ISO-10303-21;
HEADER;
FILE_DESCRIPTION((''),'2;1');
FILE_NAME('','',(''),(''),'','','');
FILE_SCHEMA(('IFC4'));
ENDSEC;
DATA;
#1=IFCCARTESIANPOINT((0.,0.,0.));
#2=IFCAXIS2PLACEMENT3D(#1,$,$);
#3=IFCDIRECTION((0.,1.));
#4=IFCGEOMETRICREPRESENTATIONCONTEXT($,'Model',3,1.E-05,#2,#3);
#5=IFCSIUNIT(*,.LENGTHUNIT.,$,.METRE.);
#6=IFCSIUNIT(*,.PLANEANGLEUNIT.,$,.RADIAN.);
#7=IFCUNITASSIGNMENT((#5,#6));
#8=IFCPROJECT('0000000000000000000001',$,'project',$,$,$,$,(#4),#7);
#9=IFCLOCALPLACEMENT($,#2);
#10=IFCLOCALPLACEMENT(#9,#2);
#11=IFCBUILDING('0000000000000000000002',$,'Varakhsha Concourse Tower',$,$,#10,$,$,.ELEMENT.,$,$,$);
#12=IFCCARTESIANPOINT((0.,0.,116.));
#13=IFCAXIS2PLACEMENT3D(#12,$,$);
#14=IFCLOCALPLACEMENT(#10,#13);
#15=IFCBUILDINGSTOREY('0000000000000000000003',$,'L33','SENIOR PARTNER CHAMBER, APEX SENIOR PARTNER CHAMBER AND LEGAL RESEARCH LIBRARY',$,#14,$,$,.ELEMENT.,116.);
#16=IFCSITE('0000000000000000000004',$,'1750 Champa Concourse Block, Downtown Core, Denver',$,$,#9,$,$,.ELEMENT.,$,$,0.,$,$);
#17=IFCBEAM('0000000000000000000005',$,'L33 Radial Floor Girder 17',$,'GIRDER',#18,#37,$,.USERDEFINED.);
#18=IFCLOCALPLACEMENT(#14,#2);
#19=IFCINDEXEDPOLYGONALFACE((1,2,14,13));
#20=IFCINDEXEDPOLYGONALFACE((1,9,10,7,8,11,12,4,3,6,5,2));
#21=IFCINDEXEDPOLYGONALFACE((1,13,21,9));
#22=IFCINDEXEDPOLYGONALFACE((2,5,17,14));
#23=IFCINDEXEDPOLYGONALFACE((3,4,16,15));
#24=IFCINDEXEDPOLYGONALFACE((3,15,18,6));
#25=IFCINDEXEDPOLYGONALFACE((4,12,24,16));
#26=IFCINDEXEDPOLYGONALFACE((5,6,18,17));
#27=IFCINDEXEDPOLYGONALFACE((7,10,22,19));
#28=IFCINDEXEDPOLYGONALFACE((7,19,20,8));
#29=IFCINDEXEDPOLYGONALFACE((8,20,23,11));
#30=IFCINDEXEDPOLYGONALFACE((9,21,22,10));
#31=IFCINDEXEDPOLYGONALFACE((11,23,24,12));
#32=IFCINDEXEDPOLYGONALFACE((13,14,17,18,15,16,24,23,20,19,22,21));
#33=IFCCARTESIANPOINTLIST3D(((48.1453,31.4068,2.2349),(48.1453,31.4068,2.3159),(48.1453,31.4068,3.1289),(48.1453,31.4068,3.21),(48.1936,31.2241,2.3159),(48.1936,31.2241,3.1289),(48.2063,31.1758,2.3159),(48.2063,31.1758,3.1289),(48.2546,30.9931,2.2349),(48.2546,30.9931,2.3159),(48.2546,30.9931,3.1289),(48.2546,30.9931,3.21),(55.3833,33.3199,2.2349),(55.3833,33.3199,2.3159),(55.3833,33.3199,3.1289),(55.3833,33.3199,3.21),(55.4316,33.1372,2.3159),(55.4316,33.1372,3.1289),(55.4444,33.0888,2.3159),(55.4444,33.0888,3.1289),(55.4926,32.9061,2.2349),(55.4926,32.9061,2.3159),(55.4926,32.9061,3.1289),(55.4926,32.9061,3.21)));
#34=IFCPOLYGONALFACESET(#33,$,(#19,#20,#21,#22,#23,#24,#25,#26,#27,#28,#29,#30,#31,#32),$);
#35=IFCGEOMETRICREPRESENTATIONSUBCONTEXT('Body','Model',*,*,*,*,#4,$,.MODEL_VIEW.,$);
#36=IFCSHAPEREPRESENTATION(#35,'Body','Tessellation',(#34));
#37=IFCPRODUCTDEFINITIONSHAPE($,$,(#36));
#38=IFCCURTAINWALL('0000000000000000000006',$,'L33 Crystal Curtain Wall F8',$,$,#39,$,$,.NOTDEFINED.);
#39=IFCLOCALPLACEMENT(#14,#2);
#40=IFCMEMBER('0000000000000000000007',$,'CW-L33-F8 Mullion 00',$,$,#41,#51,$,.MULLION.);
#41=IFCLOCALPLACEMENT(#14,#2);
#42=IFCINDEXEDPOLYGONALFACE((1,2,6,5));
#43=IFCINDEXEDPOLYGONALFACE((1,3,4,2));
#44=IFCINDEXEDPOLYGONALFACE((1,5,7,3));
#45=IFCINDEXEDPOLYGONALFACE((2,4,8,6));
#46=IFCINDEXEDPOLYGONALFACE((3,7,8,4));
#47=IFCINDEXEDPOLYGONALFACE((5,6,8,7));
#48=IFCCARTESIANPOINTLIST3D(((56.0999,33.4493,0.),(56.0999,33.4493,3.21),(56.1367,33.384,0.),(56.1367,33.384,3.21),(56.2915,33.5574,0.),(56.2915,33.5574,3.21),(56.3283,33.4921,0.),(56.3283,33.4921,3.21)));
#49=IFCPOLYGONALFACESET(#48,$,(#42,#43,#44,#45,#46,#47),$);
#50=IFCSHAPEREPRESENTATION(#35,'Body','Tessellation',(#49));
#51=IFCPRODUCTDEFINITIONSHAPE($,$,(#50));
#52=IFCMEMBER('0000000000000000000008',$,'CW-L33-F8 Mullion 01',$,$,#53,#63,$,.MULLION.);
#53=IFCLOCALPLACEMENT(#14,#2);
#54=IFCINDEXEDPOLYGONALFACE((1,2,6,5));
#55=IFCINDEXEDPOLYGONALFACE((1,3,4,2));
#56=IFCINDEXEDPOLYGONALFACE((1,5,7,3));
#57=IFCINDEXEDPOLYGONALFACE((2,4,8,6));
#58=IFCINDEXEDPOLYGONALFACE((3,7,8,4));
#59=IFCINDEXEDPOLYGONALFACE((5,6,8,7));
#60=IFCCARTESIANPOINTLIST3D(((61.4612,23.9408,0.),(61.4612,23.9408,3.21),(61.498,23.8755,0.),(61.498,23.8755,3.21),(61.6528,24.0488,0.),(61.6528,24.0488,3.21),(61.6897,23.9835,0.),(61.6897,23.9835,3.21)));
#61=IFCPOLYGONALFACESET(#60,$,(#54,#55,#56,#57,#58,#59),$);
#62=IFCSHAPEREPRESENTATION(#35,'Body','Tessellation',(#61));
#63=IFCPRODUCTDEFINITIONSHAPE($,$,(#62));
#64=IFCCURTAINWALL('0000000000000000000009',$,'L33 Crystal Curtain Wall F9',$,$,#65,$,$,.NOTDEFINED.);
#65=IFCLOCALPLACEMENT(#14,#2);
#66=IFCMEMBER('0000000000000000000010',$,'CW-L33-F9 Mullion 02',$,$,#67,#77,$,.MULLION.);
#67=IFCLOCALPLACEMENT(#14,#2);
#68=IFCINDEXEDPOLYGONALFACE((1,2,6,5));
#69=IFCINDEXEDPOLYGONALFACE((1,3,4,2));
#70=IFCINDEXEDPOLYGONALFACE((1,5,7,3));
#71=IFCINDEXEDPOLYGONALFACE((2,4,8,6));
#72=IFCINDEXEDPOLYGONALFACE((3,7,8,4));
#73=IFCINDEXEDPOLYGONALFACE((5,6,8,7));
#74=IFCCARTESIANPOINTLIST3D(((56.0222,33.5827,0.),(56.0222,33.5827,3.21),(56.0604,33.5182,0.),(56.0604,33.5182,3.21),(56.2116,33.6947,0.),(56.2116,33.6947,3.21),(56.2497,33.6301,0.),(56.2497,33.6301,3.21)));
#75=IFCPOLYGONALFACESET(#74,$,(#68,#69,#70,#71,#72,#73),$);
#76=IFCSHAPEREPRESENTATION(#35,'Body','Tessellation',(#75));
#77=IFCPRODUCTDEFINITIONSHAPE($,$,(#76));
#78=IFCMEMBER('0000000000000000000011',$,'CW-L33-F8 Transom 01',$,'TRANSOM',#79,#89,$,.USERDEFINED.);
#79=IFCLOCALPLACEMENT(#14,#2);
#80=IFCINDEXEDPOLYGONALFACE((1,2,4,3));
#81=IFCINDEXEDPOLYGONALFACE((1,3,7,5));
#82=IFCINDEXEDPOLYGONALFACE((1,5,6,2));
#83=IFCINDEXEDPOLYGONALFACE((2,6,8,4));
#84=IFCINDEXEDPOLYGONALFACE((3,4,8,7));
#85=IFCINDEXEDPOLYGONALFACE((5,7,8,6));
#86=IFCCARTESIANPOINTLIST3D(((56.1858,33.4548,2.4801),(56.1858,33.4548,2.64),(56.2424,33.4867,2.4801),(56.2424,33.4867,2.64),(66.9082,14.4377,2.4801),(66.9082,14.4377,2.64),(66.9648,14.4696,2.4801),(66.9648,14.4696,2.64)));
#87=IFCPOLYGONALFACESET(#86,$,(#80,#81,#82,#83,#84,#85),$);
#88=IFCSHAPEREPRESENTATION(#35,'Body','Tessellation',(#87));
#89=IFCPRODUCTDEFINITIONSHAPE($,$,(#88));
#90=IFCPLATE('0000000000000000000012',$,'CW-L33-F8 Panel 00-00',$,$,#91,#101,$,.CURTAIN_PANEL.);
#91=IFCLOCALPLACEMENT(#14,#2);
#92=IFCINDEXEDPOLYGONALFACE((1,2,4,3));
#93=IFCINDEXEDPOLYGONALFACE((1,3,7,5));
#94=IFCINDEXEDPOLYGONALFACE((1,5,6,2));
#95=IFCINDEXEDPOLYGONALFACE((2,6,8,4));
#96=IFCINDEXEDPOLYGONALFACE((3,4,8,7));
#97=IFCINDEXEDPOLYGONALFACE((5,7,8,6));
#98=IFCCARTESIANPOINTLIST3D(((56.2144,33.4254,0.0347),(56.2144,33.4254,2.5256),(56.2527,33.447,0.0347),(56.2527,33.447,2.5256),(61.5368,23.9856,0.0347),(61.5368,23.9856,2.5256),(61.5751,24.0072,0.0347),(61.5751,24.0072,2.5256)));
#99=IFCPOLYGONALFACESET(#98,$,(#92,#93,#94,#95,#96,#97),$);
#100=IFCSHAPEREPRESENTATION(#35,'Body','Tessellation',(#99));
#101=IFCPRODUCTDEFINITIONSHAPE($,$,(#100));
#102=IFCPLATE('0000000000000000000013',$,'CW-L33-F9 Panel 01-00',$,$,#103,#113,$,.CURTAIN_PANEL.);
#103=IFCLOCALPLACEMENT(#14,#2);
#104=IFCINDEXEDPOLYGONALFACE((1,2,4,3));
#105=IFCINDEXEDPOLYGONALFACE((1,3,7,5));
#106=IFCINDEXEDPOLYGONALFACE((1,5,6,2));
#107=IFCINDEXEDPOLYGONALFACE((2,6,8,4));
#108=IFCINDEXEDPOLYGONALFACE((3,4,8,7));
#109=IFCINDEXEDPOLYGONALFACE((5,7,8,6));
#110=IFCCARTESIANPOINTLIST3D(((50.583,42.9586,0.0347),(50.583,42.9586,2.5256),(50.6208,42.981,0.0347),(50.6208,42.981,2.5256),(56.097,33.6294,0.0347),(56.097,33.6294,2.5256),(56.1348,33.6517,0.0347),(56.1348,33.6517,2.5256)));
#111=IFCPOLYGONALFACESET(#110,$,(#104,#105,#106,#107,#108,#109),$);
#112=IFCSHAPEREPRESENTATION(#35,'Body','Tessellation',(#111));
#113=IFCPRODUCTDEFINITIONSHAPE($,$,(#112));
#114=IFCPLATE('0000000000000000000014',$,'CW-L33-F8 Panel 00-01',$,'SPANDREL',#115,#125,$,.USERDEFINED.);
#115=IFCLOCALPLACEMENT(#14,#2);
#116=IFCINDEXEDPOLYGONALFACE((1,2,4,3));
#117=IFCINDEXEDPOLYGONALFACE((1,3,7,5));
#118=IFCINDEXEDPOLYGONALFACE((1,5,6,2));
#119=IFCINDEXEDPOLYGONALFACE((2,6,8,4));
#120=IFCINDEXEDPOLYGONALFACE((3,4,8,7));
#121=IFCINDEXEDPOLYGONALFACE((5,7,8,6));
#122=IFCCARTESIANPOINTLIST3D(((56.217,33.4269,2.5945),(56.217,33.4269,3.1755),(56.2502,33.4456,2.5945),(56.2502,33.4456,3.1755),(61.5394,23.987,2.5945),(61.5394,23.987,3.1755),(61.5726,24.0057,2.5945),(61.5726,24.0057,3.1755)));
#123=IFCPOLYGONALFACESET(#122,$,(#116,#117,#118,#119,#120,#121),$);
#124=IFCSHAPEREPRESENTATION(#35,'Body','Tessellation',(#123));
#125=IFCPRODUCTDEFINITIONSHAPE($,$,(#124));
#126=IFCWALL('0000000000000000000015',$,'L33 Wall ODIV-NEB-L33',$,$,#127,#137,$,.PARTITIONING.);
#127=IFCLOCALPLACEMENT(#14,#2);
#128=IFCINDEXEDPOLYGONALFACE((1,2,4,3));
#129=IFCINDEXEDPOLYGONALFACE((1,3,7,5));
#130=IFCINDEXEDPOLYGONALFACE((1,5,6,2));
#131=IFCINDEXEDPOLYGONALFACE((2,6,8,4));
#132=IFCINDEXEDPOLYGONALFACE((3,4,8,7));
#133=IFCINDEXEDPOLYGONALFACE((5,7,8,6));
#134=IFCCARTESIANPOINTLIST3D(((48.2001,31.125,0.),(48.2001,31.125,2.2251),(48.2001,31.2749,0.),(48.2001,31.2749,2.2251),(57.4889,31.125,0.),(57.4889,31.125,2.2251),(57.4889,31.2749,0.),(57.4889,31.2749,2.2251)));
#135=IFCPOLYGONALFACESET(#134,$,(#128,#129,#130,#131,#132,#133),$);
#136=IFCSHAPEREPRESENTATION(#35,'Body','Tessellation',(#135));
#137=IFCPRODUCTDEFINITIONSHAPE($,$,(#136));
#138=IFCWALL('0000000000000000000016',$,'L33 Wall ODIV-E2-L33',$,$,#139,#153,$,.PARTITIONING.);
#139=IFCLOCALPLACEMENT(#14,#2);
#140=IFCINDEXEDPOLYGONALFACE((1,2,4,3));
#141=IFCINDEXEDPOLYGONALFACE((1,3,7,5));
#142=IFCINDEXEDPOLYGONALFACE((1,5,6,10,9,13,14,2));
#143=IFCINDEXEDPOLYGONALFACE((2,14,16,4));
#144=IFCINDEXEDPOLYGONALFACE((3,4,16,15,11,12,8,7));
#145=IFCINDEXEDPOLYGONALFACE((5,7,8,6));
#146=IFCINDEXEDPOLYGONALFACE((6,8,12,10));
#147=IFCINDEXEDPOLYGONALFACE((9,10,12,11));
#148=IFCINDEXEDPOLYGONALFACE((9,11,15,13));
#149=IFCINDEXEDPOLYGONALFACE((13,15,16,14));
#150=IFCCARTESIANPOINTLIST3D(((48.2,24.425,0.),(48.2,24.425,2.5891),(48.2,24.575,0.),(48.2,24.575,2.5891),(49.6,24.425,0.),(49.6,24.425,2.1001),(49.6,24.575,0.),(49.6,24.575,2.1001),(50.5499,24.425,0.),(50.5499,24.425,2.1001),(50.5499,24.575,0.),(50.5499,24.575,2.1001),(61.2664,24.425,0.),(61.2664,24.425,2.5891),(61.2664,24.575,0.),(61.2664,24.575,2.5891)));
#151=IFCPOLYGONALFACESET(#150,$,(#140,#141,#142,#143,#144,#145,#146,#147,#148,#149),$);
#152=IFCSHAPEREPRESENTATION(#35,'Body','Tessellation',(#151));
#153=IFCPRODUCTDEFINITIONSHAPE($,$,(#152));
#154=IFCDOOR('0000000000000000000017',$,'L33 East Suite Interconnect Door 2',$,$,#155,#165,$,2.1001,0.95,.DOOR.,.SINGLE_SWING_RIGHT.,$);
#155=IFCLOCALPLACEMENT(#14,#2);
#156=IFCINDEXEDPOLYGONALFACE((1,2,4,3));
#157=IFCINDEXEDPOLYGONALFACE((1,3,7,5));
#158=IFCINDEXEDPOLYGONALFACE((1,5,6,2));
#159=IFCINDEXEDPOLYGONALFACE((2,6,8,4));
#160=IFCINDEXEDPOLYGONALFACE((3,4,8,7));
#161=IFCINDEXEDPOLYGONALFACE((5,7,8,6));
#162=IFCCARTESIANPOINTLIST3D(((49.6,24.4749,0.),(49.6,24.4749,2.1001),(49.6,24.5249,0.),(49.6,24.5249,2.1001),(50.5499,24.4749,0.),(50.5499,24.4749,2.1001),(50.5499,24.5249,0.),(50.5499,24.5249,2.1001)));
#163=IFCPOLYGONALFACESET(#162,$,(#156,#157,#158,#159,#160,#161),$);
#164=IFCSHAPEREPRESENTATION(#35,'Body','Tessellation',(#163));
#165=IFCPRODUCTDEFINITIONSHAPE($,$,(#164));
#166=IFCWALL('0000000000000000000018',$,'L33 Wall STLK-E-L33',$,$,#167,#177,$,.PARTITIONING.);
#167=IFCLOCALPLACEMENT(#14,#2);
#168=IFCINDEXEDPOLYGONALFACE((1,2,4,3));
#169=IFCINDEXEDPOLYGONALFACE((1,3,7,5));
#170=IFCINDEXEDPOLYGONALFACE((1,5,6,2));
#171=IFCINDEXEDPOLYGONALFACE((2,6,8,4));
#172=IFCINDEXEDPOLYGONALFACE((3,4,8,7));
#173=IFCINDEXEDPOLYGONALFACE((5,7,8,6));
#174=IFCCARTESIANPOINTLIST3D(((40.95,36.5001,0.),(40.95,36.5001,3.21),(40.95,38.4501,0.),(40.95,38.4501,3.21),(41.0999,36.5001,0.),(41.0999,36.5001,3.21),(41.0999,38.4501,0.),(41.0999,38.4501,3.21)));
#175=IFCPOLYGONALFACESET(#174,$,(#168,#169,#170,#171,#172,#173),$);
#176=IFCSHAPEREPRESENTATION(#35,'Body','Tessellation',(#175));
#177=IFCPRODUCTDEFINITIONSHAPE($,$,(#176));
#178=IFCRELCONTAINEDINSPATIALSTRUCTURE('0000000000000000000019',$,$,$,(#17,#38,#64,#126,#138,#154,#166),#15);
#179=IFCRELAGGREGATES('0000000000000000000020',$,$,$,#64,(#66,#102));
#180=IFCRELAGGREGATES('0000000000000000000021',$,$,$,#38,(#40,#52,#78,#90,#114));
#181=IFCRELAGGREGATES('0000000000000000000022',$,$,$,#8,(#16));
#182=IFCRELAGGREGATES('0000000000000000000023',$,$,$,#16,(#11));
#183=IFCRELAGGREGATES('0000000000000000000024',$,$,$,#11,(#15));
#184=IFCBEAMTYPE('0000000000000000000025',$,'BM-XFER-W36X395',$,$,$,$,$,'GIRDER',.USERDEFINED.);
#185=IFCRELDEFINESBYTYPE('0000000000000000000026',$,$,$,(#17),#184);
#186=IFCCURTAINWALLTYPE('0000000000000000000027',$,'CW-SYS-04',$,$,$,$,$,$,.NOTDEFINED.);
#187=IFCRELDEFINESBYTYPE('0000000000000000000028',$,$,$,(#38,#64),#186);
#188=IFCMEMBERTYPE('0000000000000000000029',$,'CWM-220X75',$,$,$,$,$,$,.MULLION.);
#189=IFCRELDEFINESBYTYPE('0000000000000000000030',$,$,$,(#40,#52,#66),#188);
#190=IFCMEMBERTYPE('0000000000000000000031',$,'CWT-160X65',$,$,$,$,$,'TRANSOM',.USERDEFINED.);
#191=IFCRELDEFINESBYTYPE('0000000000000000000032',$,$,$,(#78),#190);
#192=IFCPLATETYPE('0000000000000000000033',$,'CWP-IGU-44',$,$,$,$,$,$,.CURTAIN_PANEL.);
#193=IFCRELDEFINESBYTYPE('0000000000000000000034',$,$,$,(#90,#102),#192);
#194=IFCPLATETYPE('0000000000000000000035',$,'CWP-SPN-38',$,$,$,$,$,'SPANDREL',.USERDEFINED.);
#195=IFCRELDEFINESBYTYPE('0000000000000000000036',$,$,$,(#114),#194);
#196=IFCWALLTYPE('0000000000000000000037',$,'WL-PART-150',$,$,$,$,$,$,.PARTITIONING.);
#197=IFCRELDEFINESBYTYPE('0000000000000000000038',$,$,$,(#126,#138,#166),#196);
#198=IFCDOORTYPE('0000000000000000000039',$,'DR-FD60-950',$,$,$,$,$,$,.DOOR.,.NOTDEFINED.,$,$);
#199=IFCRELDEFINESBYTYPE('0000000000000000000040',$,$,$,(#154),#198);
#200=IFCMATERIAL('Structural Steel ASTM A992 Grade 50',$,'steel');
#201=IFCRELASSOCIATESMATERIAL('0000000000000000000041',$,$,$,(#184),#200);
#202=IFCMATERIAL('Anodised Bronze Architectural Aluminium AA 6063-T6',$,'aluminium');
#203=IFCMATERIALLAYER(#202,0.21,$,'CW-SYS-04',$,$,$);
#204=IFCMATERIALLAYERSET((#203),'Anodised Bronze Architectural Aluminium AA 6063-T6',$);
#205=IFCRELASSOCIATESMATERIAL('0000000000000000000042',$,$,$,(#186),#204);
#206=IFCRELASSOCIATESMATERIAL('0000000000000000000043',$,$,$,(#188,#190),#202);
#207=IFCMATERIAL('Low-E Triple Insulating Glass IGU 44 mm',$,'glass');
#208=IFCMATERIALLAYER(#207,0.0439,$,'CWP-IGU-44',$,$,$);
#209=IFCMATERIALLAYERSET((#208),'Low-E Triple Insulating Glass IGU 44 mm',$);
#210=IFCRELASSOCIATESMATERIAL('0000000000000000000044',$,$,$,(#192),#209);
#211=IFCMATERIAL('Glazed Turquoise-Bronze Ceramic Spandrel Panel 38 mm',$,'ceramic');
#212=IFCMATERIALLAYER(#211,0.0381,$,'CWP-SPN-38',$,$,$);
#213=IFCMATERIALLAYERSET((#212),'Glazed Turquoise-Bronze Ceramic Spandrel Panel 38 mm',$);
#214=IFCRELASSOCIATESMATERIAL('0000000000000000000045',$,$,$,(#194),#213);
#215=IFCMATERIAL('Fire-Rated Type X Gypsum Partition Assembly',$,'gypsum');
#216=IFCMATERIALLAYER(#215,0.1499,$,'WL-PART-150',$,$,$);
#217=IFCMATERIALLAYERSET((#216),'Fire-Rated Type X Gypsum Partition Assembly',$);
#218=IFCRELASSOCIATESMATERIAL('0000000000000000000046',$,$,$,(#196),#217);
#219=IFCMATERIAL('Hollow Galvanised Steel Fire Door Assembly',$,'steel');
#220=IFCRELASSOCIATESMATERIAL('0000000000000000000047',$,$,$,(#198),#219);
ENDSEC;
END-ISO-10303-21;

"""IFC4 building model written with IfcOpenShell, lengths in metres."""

from ifc_helpers import new_model, si_unit, direction, frame, frame_2d, origin, origin_2d, place, context, subcontext, project, spatial, rectangle, i_section, extrude, source, transform, mapped, material, layer, layer_set, material_profile, profile_set, type_object, type_shapes, element, fill, aggregate, save


model = new_model("IFC4")

# Units and contexts
model_context = context("Model", 3, precision=1e-05, world=origin(), true_north=direction((0.0, 1.0)))
body_context = subcontext(model_context, "Body", "Model", "MODEL_VIEW")
ifc_project = project(units=[si_unit("LENGTHUNIT", "METRE"), si_unit("PLANEANGLEUNIT", "RADIAN")], contexts=[model_context])

# Site, building, storey
site_placement = place(None, origin())
site = spatial("IfcSite", under=ifc_project, at=site_placement, Name="1750 Champa Concourse Block, Downtown Core, Denver", CompositionType="ELEMENT", RefElevation=0.0)
building_placement = place(site_placement, origin())
building = spatial("IfcBuilding", under=site, at=building_placement, Name="Varakhsha Concourse Tower", CompositionType="ELEMENT")
storey_placement = place(building_placement, frame((0.0, 0.0, 116.0)))
storey = spatial("IfcBuildingStorey", under=building, at=storey_placement, Name="L33", Description="SENIOR PARTNER CHAMBER, APEX SENIOR PARTNER CHAMBER AND LEGAL RESEARCH LIBRARY", CompositionType="ELEMENT", Elevation=116.0)

# Shared definitions
ifc_material_1 = material(Name="Structural Steel ASTM A992 Grade 50", Category="steel")

# Beam
ifc_material_profile_1 = material_profile(ifc_material_1, i_section(OverallWidth=0.428, OverallDepth=0.9751, WebThickness=0.05, FlangeThickness=0.0811, at=origin_2d()), Name="W36X395")
ifc_profile_set_1 = profile_set([ifc_material_profile_1], Name="Structural Steel ASTM A992 Grade 50")
beam_type_1 = type_object("IfcBeamType", Name="BM-XFER-W36X395", ElementType="GIRDER", PredefinedType="USERDEFINED", material=ifc_profile_set_1)
beam_1_placement = place(storey_placement, frame((48.2, 31.2, 2.7224), z_axis=(0.9668, 0.255535, 0.0), x_axis=(-0.255535, 0.9668, 0.0)))
element("IfcBeam", 1, at=beam_1_placement, inside=storey, type_object=beam_type_1, Name="L33 Radial Floor Girder 17", ObjectType="GIRDER", PredefinedType="USERDEFINED", context=body_context, shape_type="SweptSolid", body=[
    extrude(i_section(OverallWidth=0.428, OverallDepth=0.9751, WebThickness=0.05, FlangeThickness=0.0811, at=origin_2d()), origin(), (0.0, 0.0, 1.0), 7.4866),
])

# Curtain wall, members
ifc_material_2 = material(Name="Anodised Bronze Architectural Aluminium AA 6063-T6", Category="aluminium")
ifc_layer_1 = layer(ifc_material_2, 0.21, Name="CW-SYS-04")
ifc_layer_set_1 = layer_set([ifc_layer_1], Name="Anodised Bronze Architectural Aluminium AA 6063-T6")
curtain_wall_type = type_object("IfcCurtainWallType", Name="CW-SYS-04", PredefinedType="NOTDEFINED", material=ifc_layer_set_1)
curtain_wall_1_placement = place(storey_placement, origin())
curtain_wall_1 = element("IfcCurtainWall", 2, at=curtain_wall_1_placement, inside=storey, type_object=curtain_wall_type, Name="L33 Crystal Curtain Wall F8", PredefinedType="NOTDEFINED")
ifc_material_profile_2 = material_profile(ifc_material_2, rectangle(XDim=0.075, YDim=0.22, at=origin_2d()), Name="CWM-220X75")
ifc_profile_set_2 = profile_set([ifc_material_profile_2], Name="Anodised Bronze Architectural Aluminium AA 6063-T6")
member_type_1 = type_object("IfcMemberType", Name="CWM-220X75", PredefinedType="MULLION", material=ifc_profile_set_2)
shared_shape_1 = source(origin(), body_context, "Body", "SweptSolid", [
    extrude(rectangle(XDim=0.075, YDim=0.22, at=origin_2d()), origin(), (0.0, 0.0, 1.0), 3.21),
])
type_shapes(member_type_1, [shared_shape_1])
member_1_placement = place(storey_placement, frame((56.2141, 33.4707, 0.0), z_axis=(0.0, 0.0, 1.0), x_axis=(0.491138, -0.871082, 0.0)))
member_1 = element("IfcMember", 3, at=member_1_placement, type_object=member_type_1, Name="CW-L33-F8 Mullion 00", PredefinedType="MULLION", context=body_context, shape_type="MappedRepresentation", body=[
    mapped(shared_shape_1, transform((0.0, 0.0, 0.0), scale=1.0)),
])
member_2_placement = place(storey_placement, frame((61.5754, 23.9622, 0.0), z_axis=(0.0, 0.0, 1.0), x_axis=(0.491138, -0.871082, 0.0)))
member_2 = element("IfcMember", 4, at=member_2_placement, type_object=member_type_1, Name="CW-L33-F8 Mullion 01", PredefinedType="MULLION", context=body_context, shape_type="MappedRepresentation", body=[
    mapped(shared_shape_1, transform((0.0, 0.0, 0.0), scale=1.0)),
])

# Curtain wall, member
curtain_wall_2_placement = place(storey_placement, origin())
curtain_wall_2 = element("IfcCurtainWall", 5, at=curtain_wall_2_placement, inside=storey, type_object=curtain_wall_type, Name="L33 Crystal Curtain Wall F9", PredefinedType="NOTDEFINED")
member_3_placement = place(storey_placement, frame((56.136, 33.6064, 0.0), z_axis=(0.0, 0.0, 1.0), x_axis=(0.508815, -0.860876, 0.0)))
member_3 = element("IfcMember", 6, at=member_3_placement, type_object=member_type_1, Name="CW-L33-F9 Mullion 02", PredefinedType="MULLION", context=body_context, shape_type="MappedRepresentation", body=[
    mapped(shared_shape_1, transform((0.0, 0.0, 0.0), scale=1.0)),
])

# Member
ifc_material_profile_3 = material_profile(ifc_material_2, rectangle(XDim=0.0649, YDim=0.1599, at=origin_2d()), Name="CWT-160X65")
ifc_profile_set_3 = profile_set([ifc_material_profile_3], Name="Anodised Bronze Architectural Aluminium AA 6063-T6")
member_type_2 = type_object("IfcMemberType", Name="CWT-160X65", ElementType="TRANSOM", PredefinedType="USERDEFINED", material=ifc_profile_set_3)
shared_shape_2 = source(origin(), body_context, "Body", "SweptSolid", [
    extrude(rectangle(XDim=0.0649, YDim=0.1599, at=origin_2d()), origin(), (0.0, 0.0, 1.0), 21.8315),
])
type_shapes(member_type_2, [shared_shape_2])
member_4_placement = place(storey_placement, frame((56.2141, 33.4707, 2.5601), z_axis=(0.491141, -0.87108, 0.0), x_axis=(0.87108, 0.491141, 0.0)))
member_4 = element("IfcMember", 7, at=member_4_placement, type_object=member_type_2, Name="CW-L33-F8 Transom 01", ObjectType="TRANSOM", PredefinedType="USERDEFINED", context=body_context, shape_type="MappedRepresentation", body=[
    mapped(shared_shape_2, transform((0.0, 0.0, 0.0), scale=1.0)),
])

# Plates
ifc_material_3 = material(Name="Low-E Triple Insulating Glass IGU 44 mm", Category="glass")
ifc_layer_2 = layer(ifc_material_3, 0.0439, Name="CWP-IGU-44")
ifc_layer_set_2 = layer_set([ifc_layer_2], Name="Low-E Triple Insulating Glass IGU 44 mm")
plate_type_1 = type_object("IfcPlateType", Name="CWP-IGU-44", PredefinedType="CURTAIN_PANEL", material=ifc_layer_set_2)
shared_shape_3 = source(origin(), body_context, "Body", "SweptSolid", [
    extrude(rectangle(XDim=10.8369, YDim=0.0439, at=origin_2d()), origin(), (0.0, 0.0, 1.0), 2.491),
])
type_shapes(plate_type_1, [shared_shape_3])
plate_1_placement = place(storey_placement, frame((58.8948, 28.7163, 0.0347), z_axis=(0.0, 0.0, 1.0), x_axis=(0.491138, -0.871082, 0.0)))
plate_1 = element("IfcPlate", 8, at=plate_1_placement, type_object=plate_type_1, Name="CW-L33-F8 Panel 00-00", PredefinedType="CURTAIN_PANEL", context=body_context, shape_type="MappedRepresentation", body=[
    mapped(shared_shape_3, transform((0.0, 0.0, 0.0), scale=1.0)),
])
plate_2_placement = place(storey_placement, frame((53.3589, 38.3052, 0.0347), z_axis=(0.0, 0.0, 1.0), x_axis=(0.508815, -0.860876, 0.0)))
plate_2 = element("IfcPlate", 9, at=plate_2_placement, type_object=plate_type_1, Name="CW-L33-F9 Panel 01-00", PredefinedType="CURTAIN_PANEL", context=body_context, shape_type="MappedRepresentation", body=[
    mapped(shared_shape_3, transform((0.0, 0.0, 0.0), scale=1.0)),
])
aggregate(curtain_wall_2, [member_3, plate_2])
ifc_material_4 = material(Name="Glazed Turquoise-Bronze Ceramic Spandrel Panel 38 mm", Category="ceramic")
ifc_layer_3 = layer(ifc_material_4, 0.0381, Name="CWP-SPN-38")
ifc_layer_set_3 = layer_set([ifc_layer_3], Name="Glazed Turquoise-Bronze Ceramic Spandrel Panel 38 mm")
plate_type_2 = type_object("IfcPlateType", Name="CWP-SPN-38", ElementType="SPANDREL", PredefinedType="USERDEFINED", material=ifc_layer_set_3)
shared_shape_4 = source(origin(), body_context, "Body", "SweptSolid", [
    extrude(rectangle(XDim=10.8369, YDim=0.0381, at=origin_2d()), origin(), (0.0, 0.0, 1.0), 0.5811),
])
type_shapes(plate_type_2, [shared_shape_4])
plate_3_placement = place(storey_placement, frame((58.8948, 28.7163, 2.5945), z_axis=(0.0, 0.0, 1.0), x_axis=(0.491138, -0.871082, 0.0)))
plate_3 = element("IfcPlate", 10, at=plate_3_placement, type_object=plate_type_2, Name="CW-L33-F8 Panel 00-01", ObjectType="SPANDREL", PredefinedType="USERDEFINED", context=body_context, shape_type="MappedRepresentation", body=[
    mapped(shared_shape_4, transform((0.0, 0.0, 0.0), scale=1.0)),
])
aggregate(curtain_wall_1, [member_1, member_2, member_4, plate_1, plate_3])

# Wall
ifc_material_5 = material(Name="Fire-Rated Type X Gypsum Partition Assembly", Category="gypsum")
ifc_layer_4 = layer(ifc_material_5, 0.1499, Name="WL-PART-150")
ifc_layer_set_4 = layer_set([ifc_layer_4], Name="Fire-Rated Type X Gypsum Partition Assembly")
wall_type_1 = type_object("IfcWallType", Name="WL-PART-150", PredefinedType="PARTITIONING", material=ifc_layer_set_4)
wall_1_placement = place(storey_placement, frame((48.2, 31.2, 0.0), z_axis=(0.0, 0.0, 1.0), x_axis=(1.0, 0.0, 0.0)))
element("IfcWall", 11, at=wall_1_placement, inside=storey, type_object=wall_type_1, Name="L33 Wall ODIV-NEB-L33", PredefinedType="PARTITIONING", context=body_context, shape_type="SweptSolid", body=[
    extrude(rectangle(XDim=9.2888, YDim=0.1499, at=frame_2d((4.6445, 0.0))), origin(), (0.0, 0.0, 1.0), 2.2251),
])

# Wall, opening, door
wall_2_placement = place(storey_placement, frame((48.2, 24.5, 0.0), z_axis=(0.0, 0.0, 1.0), x_axis=(1.0, 0.0, 0.0)))
wall_2 = element("IfcWall", 12, at=wall_2_placement, inside=storey, type_object=wall_type_1, Name="L33 Wall ODIV-E2-L33", PredefinedType="PARTITIONING", context=body_context, shape_type="SweptSolid", body=[
    extrude(rectangle(XDim=13.0664, YDim=0.1499, at=frame_2d((6.5332, 0.0))), origin(), (0.0, 0.0, 1.0), 2.5891),
])
opening_placement = place(wall_2_placement, frame((1.3999, 0.0, 0.0)))
opening = element("IfcOpeningElement", 13, at=opening_placement, cuts=wall_2, PredefinedType="OPENING", context=body_context, shape_type="SweptSolid", body=[
    extrude(rectangle(XDim=0.95, YDim=2.1001, at=frame_2d((0.4751, 1.05))), frame((0.0, 0.085, 0.0), z_axis=(0.0, -1.0, 0.0), x_axis=(1.0, 0.0, 0.0)), (0.0, 0.0, 1.0), 0.1699),
])
ifc_material_6 = material(Name="Hollow Galvanised Steel Fire Door Assembly", Category="steel")
door_type = type_object("IfcDoorType", Name="DR-FD60-950", OperationType="NOTDEFINED", PredefinedType="DOOR", material=ifc_material_6)
door_placement = place(opening_placement, origin())
door = element("IfcDoor", 14, at=door_placement, inside=storey, type_object=door_type, Name="L33 East Suite Interconnect Door 2", OperationType="SINGLE_SWING_RIGHT", OverallHeight=2.1001, OverallWidth=0.95, PredefinedType="DOOR", context=body_context, shape_type="SweptSolid", body=[
    extrude(rectangle(XDim=0.95, YDim=2.1001, at=frame_2d((0.4751, 1.05))), frame((0.0, 0.0249, 0.0), z_axis=(0.0, -1.0, 0.0), x_axis=(1.0, 0.0, 0.0)), (0.0, 0.0, 1.0), 0.05),
])
fill(opening, door)

# Wall
wall_3_placement = place(storey_placement, frame((41.0249, 36.5, 0.0), z_axis=(0.0, 0.0, 1.0), x_axis=(0.0, 1.0, 0.0)))
element("IfcWall", 15, at=wall_3_placement, inside=storey, type_object=wall_type_1, Name="L33 Wall STLK-E-L33", PredefinedType="PARTITIONING", context=body_context, shape_type="SweptSolid", body=[
    extrude(rectangle(XDim=1.95, YDim=0.1499, at=frame_2d((0.9751, 0.0))), origin(), (0.0, 0.0, 1.0), 3.21),
])

save(model, "model.ifc")
